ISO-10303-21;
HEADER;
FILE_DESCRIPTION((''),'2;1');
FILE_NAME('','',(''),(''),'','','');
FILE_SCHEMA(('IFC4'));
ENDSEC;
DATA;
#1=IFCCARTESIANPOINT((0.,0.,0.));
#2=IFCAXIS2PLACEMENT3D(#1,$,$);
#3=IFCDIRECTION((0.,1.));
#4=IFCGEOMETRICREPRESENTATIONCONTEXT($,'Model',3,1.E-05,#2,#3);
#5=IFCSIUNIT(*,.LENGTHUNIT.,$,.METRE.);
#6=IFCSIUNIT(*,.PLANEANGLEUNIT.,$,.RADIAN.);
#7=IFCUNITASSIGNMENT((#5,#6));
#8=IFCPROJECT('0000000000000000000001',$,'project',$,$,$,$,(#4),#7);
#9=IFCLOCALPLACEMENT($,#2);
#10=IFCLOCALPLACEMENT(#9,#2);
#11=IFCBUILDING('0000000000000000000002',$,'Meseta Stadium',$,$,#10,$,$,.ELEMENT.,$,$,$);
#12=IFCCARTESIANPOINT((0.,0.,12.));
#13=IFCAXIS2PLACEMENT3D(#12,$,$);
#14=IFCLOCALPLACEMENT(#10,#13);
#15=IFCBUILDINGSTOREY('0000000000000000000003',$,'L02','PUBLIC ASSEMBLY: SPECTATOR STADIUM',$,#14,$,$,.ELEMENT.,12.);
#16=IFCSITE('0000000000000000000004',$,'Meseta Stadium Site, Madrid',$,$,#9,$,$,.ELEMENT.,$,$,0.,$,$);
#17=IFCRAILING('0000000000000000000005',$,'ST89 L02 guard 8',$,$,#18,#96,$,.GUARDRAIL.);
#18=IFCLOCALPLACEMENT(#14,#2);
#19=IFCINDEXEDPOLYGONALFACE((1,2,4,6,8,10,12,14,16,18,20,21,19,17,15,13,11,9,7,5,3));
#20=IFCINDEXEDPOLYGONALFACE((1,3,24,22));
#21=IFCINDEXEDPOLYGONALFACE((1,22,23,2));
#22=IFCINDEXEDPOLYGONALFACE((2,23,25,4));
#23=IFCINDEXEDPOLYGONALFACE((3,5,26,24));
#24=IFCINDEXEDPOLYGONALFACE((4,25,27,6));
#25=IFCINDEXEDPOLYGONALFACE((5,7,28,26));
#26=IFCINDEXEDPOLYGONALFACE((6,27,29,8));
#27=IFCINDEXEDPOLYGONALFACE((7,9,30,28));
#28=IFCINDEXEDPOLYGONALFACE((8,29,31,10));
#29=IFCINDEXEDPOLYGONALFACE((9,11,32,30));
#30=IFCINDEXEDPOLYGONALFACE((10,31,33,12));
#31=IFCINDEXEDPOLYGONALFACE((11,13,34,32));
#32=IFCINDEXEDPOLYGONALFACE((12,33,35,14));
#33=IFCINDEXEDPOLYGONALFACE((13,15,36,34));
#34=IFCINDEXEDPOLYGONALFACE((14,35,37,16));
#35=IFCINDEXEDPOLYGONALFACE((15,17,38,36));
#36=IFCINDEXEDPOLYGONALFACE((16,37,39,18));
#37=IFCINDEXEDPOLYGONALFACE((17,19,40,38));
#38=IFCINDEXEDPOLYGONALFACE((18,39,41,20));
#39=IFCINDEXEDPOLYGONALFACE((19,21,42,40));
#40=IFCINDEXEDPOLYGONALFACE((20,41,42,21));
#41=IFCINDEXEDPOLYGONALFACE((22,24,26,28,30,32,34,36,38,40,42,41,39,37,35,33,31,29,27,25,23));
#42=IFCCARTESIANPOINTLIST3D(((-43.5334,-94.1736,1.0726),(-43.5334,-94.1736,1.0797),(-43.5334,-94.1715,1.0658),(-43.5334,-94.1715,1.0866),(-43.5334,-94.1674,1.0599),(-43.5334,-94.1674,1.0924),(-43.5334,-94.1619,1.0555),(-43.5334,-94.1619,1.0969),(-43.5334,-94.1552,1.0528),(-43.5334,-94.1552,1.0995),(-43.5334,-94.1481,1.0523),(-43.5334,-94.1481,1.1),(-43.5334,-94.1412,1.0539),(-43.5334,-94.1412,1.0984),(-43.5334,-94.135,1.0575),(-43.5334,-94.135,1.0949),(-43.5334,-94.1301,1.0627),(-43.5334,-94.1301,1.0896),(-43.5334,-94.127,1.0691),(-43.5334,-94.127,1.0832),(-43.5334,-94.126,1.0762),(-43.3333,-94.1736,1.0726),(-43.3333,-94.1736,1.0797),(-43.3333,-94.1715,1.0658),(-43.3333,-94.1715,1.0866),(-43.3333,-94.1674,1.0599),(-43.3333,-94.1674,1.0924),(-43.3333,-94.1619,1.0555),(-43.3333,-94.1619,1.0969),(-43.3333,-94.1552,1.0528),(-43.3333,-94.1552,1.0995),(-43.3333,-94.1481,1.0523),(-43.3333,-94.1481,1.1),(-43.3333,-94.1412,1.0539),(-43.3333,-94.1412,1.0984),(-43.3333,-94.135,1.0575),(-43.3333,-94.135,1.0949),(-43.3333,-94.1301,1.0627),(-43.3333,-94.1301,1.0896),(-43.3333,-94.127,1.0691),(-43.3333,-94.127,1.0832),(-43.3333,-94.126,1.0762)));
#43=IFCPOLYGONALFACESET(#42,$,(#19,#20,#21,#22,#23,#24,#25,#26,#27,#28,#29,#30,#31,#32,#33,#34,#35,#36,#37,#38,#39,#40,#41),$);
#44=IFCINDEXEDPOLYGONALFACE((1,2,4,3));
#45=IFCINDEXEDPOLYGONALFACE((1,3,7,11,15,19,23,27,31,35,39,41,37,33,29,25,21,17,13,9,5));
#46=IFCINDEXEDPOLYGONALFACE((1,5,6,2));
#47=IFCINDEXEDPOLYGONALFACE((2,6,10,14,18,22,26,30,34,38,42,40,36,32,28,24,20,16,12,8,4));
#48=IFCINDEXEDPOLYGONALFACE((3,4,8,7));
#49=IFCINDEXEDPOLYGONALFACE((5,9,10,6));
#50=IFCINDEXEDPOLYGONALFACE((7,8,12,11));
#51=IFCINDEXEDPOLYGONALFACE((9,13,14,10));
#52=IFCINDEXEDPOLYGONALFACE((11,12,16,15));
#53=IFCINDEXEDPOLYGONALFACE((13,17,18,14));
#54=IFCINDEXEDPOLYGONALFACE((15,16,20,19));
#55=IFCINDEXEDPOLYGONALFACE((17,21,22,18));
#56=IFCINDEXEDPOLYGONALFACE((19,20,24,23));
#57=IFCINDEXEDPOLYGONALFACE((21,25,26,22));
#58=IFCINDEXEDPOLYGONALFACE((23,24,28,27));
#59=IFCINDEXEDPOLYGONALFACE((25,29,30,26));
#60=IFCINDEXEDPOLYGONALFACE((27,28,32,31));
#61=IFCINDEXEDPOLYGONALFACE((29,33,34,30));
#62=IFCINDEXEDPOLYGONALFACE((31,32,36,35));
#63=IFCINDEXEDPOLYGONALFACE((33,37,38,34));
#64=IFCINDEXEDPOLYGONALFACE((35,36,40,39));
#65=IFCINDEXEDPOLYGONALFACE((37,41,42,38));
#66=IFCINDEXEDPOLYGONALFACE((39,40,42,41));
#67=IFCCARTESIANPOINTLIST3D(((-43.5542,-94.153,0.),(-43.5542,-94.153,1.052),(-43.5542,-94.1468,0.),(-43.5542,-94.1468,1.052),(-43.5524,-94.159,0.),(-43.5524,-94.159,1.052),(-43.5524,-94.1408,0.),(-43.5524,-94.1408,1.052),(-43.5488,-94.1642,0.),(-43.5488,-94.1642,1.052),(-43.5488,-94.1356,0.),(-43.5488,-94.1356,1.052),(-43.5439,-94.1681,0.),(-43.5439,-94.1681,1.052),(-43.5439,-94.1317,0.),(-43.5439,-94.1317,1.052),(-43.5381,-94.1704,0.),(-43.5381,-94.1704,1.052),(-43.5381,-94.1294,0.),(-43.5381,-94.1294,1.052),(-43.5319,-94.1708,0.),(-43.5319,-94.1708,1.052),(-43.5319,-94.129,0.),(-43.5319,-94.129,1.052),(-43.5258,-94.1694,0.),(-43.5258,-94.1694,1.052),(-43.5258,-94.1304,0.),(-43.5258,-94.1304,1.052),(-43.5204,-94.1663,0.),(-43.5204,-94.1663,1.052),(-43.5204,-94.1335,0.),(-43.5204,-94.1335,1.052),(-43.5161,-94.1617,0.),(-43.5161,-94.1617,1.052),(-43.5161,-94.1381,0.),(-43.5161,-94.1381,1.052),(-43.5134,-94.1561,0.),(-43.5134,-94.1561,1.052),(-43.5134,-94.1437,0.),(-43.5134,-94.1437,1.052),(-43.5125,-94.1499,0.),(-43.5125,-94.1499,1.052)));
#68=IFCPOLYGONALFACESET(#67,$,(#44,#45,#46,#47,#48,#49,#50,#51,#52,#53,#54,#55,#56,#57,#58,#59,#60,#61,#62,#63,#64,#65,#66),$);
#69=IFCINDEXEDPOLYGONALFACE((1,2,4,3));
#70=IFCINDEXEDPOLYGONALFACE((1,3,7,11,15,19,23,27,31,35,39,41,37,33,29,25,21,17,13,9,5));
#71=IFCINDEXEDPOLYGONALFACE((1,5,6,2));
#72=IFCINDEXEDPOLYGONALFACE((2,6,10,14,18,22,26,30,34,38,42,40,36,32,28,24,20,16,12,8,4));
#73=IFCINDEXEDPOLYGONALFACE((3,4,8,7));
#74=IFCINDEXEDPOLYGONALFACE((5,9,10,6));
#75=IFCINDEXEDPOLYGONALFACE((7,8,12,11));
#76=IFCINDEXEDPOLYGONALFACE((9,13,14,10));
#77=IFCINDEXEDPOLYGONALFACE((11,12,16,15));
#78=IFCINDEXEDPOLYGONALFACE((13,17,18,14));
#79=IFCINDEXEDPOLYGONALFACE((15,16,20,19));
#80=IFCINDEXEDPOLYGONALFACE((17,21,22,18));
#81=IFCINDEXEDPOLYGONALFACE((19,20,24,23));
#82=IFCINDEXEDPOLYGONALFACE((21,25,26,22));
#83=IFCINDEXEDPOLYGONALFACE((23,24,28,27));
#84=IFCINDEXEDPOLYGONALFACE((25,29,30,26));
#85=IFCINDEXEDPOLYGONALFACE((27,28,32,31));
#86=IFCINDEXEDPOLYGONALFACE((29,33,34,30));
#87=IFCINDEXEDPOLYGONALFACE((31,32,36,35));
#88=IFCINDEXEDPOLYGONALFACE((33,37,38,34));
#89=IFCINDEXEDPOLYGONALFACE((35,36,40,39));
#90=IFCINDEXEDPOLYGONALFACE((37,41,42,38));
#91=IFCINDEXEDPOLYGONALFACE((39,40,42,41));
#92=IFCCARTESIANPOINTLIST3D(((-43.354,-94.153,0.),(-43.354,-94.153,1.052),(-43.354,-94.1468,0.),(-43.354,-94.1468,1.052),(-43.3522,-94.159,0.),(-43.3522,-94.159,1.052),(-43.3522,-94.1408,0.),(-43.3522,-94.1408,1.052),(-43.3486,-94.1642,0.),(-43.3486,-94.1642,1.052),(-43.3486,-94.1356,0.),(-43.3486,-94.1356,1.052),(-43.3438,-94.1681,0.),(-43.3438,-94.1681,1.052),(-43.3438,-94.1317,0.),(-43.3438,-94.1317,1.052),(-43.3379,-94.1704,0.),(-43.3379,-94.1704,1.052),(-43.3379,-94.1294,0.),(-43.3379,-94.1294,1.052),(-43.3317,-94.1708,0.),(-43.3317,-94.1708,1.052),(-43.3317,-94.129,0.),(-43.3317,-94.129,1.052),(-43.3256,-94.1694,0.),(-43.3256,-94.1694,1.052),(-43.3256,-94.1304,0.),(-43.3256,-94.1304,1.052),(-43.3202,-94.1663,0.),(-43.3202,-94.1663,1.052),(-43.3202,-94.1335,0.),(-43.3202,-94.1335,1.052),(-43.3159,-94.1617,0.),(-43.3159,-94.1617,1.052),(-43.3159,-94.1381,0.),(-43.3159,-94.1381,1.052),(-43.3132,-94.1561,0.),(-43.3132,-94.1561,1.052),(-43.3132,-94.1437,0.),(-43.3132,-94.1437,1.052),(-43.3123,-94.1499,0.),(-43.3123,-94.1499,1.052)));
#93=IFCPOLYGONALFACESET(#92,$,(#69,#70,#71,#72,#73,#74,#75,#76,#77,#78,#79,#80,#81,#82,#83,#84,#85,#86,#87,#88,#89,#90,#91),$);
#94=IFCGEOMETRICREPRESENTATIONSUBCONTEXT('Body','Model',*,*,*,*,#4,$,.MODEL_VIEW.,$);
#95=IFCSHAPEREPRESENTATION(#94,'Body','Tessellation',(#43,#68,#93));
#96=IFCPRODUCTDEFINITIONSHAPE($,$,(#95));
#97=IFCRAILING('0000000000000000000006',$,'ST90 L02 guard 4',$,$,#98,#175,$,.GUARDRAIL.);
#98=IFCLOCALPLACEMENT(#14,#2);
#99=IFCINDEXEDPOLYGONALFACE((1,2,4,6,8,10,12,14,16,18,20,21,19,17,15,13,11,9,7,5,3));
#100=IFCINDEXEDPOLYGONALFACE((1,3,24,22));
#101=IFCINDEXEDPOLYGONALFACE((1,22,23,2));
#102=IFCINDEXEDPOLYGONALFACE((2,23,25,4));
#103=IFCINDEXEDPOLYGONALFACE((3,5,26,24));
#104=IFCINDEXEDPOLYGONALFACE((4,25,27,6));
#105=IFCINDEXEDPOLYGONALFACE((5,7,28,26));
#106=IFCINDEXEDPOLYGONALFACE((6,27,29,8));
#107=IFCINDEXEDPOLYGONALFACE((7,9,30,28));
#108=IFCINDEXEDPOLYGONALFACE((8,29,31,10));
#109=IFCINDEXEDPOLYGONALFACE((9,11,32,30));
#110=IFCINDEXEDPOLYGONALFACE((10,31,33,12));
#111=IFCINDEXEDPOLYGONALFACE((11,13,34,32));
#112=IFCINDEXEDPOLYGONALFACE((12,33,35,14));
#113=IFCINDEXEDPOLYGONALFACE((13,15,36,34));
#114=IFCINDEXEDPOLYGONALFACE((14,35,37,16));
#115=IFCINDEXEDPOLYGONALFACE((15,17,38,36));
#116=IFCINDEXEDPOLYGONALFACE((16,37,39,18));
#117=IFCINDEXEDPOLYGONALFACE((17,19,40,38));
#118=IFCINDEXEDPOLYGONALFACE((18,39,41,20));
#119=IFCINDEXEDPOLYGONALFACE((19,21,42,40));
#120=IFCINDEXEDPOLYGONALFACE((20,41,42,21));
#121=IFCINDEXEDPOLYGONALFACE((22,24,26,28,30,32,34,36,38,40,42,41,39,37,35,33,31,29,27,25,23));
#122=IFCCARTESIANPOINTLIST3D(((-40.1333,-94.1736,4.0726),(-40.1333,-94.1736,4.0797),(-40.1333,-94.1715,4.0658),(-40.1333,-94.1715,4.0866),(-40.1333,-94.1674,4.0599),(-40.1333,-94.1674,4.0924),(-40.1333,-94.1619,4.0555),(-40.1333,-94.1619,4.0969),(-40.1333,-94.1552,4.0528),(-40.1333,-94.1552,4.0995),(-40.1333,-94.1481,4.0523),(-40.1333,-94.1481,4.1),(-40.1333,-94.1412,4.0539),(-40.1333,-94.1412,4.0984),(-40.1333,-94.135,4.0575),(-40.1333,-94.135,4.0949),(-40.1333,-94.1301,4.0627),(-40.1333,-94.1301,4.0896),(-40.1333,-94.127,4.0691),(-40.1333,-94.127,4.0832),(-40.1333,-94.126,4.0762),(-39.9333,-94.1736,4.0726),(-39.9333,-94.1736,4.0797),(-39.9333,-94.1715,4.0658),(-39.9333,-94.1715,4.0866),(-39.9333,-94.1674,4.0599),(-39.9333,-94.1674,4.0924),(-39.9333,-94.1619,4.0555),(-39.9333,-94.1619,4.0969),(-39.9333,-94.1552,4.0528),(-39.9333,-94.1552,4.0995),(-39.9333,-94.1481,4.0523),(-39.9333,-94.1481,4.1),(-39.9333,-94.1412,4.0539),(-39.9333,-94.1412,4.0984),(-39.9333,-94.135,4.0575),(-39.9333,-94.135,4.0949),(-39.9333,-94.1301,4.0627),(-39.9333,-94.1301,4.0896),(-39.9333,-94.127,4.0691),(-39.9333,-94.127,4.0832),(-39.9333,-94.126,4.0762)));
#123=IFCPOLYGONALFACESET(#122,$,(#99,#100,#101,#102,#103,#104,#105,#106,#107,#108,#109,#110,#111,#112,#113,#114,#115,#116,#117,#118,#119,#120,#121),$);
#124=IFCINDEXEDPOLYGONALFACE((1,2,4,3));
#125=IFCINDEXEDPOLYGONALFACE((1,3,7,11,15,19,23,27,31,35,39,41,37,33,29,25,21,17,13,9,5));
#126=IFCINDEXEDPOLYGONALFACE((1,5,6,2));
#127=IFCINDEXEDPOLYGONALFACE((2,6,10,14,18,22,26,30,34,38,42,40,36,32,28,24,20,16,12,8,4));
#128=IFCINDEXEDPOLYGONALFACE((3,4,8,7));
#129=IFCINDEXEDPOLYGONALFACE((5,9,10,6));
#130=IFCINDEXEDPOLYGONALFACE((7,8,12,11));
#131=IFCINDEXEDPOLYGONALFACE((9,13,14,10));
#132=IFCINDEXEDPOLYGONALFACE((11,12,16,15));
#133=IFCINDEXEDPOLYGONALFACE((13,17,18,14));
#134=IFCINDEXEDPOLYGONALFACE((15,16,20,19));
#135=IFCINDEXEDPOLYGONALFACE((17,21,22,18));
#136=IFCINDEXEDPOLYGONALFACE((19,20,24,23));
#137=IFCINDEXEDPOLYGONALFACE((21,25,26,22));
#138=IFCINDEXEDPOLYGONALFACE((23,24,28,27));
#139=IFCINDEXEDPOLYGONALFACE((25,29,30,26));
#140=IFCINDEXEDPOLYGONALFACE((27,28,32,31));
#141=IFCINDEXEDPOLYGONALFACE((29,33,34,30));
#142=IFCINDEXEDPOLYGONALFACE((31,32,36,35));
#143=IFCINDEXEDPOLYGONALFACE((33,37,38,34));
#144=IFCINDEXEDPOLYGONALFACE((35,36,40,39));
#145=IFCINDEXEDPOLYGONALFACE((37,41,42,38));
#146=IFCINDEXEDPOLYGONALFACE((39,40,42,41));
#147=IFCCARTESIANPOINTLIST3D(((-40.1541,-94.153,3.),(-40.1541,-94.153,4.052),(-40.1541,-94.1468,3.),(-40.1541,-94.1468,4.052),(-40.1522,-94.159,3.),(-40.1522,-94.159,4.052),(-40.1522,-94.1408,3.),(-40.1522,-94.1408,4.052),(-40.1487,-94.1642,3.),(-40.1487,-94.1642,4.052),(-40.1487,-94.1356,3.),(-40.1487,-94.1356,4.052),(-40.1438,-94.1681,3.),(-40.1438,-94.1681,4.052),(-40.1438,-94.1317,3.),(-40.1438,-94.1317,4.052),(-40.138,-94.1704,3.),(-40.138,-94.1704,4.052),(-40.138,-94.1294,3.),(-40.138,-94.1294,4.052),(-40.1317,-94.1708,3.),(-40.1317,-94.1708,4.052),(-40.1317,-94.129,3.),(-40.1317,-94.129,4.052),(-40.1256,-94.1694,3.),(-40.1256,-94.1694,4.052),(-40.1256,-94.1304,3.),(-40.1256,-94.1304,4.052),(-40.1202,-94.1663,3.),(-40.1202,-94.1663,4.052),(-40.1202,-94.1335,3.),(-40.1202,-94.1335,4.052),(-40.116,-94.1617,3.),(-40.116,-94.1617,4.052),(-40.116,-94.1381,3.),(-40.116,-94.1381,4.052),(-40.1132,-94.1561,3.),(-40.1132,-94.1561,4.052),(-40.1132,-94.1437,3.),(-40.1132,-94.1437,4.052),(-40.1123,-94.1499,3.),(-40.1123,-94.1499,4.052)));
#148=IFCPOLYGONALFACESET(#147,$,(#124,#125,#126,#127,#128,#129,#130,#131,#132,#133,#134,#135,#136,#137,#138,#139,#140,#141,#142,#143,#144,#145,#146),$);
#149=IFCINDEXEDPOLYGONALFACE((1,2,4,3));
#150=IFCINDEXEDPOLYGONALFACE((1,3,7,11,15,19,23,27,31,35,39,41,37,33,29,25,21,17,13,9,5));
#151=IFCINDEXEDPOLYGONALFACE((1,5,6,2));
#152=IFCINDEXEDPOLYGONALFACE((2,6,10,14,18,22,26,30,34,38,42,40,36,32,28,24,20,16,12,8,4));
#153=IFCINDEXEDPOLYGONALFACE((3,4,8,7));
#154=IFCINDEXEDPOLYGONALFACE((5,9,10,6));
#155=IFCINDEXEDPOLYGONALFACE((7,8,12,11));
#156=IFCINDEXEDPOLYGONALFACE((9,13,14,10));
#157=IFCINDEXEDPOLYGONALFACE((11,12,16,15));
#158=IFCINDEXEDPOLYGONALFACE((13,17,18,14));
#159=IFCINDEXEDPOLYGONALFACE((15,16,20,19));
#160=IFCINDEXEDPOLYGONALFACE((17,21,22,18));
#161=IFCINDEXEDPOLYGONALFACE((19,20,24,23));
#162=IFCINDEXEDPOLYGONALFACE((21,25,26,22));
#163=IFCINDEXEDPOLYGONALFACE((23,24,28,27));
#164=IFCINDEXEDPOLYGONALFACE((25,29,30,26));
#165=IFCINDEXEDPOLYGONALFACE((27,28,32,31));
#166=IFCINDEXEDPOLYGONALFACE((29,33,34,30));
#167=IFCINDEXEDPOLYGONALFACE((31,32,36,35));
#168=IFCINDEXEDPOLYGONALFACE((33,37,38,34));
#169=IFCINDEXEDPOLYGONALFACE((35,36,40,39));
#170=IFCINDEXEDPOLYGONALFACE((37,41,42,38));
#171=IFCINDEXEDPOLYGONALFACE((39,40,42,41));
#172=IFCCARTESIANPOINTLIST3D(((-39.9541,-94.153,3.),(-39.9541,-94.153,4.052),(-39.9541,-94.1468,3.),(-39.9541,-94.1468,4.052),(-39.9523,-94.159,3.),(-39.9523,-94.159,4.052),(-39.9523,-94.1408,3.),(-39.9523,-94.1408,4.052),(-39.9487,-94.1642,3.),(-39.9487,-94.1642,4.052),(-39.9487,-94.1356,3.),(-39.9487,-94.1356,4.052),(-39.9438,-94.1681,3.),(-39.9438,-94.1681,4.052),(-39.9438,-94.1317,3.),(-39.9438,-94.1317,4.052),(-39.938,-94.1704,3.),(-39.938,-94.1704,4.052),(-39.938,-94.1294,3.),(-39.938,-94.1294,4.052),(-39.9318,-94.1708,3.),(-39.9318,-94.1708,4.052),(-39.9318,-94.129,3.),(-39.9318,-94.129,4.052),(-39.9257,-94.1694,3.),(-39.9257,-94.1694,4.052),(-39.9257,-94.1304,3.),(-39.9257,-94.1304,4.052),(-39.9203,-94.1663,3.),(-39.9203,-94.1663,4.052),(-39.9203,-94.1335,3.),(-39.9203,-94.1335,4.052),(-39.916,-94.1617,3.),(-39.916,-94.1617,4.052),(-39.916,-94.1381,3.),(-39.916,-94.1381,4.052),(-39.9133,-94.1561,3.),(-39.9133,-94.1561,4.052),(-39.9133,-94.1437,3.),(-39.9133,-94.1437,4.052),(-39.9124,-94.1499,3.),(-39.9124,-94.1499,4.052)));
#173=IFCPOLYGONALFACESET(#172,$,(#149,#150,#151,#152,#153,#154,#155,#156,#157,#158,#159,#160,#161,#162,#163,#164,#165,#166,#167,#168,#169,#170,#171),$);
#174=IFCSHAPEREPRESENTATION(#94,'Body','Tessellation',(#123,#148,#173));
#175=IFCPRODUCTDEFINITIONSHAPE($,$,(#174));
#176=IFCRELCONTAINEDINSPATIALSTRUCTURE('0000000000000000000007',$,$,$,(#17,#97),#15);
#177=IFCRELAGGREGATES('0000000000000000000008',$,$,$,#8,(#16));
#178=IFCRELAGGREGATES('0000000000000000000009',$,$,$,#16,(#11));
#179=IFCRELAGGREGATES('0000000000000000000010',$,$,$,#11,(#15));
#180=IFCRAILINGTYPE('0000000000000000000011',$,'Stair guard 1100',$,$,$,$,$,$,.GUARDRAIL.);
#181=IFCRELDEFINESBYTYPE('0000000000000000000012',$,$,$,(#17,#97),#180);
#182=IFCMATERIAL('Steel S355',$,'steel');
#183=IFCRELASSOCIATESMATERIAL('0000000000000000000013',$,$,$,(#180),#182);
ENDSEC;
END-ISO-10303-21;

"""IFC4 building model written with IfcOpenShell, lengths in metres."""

from ifc_helpers import new_model, si_unit, direction, frame, origin, origin_2d, place, context, subcontext, project, spatial, circle, extrude, material, type_object, element, save


model = new_model("IFC4")

# Units and contexts
model_context = context("Model", 3, precision=1e-05, world=origin(), true_north=direction((0.0, 1.0)))
body_context = subcontext(model_context, "Body", "Model", "MODEL_VIEW")
ifc_project = project(units=[si_unit("LENGTHUNIT", "METRE"), si_unit("PLANEANGLEUNIT", "RADIAN")], contexts=[model_context])

# Site, building, storey
site_placement = place(None, origin())
site = spatial("IfcSite", under=ifc_project, at=site_placement, Name="Meseta Stadium Site, Madrid", CompositionType="ELEMENT", RefElevation=0.0)
building_placement = place(site_placement, origin())
building = spatial("IfcBuilding", under=site, at=building_placement, Name="Meseta Stadium", CompositionType="ELEMENT")
storey_placement = place(building_placement, frame((0.0, 0.0, 12.0)))
storey = spatial("IfcBuildingStorey", under=building, at=storey_placement, Name="L02", Description="PUBLIC ASSEMBLY: SPECTATOR STADIUM", CompositionType="ELEMENT", Elevation=12.0)

# Railings
ifc_material_1 = material(Name="Steel S355", Category="steel")
railing_type = type_object("IfcRailingType", Name="Stair guard 1100", PredefinedType="GUARDRAIL", material=ifc_material_1)
for number, where, name in (
    (1, (-43.5334, -94.1499, 0.0), "ST89 L02 guard 8"),
):
    element("IfcRailing", number, at=place(storey_placement, frame(where)), inside=storey, type_object=railing_type, Name=name, PredefinedType="GUARDRAIL", context=body_context, shape_type="SweptSolid", body=[
        extrude(circle(Radius=0.0239, at=origin_2d()), frame((0.0, 0.0, 1.0762), z_axis=(1.0, 0.0, 0.0), x_axis=(0.0, 1.0, 0.0)), (0.0, 0.0, 1.0), 0.2002),
        extrude(circle(Radius=0.021, at=origin_2d()), origin(), (0.0, 0.0, 1.0), 1.052),
        extrude(circle(Radius=0.021, at=origin_2d()), frame((0.2002, 0.0, 0.0)), (0.0, 0.0, 1.0), 1.052),
    ])
for number, where, name in (
    (2, (-40.1333, -94.1499, 3.0), "ST90 L02 guard 4"),
):
    element("IfcRailing", number, at=place(storey_placement, frame(where)), inside=storey, type_object=railing_type, Name=name, PredefinedType="GUARDRAIL", context=body_context, shape_type="SweptSolid", body=[
        extrude(circle(Radius=0.0239, at=origin_2d()), frame((0.0, 0.0, 1.0762), z_axis=(1.0, 0.0, 0.0), x_axis=(0.0, 1.0, 0.0)), (0.0, 0.0, 1.0), 0.2),
        extrude(circle(Radius=0.021, at=origin_2d()), origin(), (0.0, 0.0, 1.0), 1.052),
        extrude(circle(Radius=0.021, at=origin_2d()), frame((0.2, 0.0, 0.0)), (0.0, 0.0, 1.0), 1.052),
    ])

save(model, "model.ifc")
